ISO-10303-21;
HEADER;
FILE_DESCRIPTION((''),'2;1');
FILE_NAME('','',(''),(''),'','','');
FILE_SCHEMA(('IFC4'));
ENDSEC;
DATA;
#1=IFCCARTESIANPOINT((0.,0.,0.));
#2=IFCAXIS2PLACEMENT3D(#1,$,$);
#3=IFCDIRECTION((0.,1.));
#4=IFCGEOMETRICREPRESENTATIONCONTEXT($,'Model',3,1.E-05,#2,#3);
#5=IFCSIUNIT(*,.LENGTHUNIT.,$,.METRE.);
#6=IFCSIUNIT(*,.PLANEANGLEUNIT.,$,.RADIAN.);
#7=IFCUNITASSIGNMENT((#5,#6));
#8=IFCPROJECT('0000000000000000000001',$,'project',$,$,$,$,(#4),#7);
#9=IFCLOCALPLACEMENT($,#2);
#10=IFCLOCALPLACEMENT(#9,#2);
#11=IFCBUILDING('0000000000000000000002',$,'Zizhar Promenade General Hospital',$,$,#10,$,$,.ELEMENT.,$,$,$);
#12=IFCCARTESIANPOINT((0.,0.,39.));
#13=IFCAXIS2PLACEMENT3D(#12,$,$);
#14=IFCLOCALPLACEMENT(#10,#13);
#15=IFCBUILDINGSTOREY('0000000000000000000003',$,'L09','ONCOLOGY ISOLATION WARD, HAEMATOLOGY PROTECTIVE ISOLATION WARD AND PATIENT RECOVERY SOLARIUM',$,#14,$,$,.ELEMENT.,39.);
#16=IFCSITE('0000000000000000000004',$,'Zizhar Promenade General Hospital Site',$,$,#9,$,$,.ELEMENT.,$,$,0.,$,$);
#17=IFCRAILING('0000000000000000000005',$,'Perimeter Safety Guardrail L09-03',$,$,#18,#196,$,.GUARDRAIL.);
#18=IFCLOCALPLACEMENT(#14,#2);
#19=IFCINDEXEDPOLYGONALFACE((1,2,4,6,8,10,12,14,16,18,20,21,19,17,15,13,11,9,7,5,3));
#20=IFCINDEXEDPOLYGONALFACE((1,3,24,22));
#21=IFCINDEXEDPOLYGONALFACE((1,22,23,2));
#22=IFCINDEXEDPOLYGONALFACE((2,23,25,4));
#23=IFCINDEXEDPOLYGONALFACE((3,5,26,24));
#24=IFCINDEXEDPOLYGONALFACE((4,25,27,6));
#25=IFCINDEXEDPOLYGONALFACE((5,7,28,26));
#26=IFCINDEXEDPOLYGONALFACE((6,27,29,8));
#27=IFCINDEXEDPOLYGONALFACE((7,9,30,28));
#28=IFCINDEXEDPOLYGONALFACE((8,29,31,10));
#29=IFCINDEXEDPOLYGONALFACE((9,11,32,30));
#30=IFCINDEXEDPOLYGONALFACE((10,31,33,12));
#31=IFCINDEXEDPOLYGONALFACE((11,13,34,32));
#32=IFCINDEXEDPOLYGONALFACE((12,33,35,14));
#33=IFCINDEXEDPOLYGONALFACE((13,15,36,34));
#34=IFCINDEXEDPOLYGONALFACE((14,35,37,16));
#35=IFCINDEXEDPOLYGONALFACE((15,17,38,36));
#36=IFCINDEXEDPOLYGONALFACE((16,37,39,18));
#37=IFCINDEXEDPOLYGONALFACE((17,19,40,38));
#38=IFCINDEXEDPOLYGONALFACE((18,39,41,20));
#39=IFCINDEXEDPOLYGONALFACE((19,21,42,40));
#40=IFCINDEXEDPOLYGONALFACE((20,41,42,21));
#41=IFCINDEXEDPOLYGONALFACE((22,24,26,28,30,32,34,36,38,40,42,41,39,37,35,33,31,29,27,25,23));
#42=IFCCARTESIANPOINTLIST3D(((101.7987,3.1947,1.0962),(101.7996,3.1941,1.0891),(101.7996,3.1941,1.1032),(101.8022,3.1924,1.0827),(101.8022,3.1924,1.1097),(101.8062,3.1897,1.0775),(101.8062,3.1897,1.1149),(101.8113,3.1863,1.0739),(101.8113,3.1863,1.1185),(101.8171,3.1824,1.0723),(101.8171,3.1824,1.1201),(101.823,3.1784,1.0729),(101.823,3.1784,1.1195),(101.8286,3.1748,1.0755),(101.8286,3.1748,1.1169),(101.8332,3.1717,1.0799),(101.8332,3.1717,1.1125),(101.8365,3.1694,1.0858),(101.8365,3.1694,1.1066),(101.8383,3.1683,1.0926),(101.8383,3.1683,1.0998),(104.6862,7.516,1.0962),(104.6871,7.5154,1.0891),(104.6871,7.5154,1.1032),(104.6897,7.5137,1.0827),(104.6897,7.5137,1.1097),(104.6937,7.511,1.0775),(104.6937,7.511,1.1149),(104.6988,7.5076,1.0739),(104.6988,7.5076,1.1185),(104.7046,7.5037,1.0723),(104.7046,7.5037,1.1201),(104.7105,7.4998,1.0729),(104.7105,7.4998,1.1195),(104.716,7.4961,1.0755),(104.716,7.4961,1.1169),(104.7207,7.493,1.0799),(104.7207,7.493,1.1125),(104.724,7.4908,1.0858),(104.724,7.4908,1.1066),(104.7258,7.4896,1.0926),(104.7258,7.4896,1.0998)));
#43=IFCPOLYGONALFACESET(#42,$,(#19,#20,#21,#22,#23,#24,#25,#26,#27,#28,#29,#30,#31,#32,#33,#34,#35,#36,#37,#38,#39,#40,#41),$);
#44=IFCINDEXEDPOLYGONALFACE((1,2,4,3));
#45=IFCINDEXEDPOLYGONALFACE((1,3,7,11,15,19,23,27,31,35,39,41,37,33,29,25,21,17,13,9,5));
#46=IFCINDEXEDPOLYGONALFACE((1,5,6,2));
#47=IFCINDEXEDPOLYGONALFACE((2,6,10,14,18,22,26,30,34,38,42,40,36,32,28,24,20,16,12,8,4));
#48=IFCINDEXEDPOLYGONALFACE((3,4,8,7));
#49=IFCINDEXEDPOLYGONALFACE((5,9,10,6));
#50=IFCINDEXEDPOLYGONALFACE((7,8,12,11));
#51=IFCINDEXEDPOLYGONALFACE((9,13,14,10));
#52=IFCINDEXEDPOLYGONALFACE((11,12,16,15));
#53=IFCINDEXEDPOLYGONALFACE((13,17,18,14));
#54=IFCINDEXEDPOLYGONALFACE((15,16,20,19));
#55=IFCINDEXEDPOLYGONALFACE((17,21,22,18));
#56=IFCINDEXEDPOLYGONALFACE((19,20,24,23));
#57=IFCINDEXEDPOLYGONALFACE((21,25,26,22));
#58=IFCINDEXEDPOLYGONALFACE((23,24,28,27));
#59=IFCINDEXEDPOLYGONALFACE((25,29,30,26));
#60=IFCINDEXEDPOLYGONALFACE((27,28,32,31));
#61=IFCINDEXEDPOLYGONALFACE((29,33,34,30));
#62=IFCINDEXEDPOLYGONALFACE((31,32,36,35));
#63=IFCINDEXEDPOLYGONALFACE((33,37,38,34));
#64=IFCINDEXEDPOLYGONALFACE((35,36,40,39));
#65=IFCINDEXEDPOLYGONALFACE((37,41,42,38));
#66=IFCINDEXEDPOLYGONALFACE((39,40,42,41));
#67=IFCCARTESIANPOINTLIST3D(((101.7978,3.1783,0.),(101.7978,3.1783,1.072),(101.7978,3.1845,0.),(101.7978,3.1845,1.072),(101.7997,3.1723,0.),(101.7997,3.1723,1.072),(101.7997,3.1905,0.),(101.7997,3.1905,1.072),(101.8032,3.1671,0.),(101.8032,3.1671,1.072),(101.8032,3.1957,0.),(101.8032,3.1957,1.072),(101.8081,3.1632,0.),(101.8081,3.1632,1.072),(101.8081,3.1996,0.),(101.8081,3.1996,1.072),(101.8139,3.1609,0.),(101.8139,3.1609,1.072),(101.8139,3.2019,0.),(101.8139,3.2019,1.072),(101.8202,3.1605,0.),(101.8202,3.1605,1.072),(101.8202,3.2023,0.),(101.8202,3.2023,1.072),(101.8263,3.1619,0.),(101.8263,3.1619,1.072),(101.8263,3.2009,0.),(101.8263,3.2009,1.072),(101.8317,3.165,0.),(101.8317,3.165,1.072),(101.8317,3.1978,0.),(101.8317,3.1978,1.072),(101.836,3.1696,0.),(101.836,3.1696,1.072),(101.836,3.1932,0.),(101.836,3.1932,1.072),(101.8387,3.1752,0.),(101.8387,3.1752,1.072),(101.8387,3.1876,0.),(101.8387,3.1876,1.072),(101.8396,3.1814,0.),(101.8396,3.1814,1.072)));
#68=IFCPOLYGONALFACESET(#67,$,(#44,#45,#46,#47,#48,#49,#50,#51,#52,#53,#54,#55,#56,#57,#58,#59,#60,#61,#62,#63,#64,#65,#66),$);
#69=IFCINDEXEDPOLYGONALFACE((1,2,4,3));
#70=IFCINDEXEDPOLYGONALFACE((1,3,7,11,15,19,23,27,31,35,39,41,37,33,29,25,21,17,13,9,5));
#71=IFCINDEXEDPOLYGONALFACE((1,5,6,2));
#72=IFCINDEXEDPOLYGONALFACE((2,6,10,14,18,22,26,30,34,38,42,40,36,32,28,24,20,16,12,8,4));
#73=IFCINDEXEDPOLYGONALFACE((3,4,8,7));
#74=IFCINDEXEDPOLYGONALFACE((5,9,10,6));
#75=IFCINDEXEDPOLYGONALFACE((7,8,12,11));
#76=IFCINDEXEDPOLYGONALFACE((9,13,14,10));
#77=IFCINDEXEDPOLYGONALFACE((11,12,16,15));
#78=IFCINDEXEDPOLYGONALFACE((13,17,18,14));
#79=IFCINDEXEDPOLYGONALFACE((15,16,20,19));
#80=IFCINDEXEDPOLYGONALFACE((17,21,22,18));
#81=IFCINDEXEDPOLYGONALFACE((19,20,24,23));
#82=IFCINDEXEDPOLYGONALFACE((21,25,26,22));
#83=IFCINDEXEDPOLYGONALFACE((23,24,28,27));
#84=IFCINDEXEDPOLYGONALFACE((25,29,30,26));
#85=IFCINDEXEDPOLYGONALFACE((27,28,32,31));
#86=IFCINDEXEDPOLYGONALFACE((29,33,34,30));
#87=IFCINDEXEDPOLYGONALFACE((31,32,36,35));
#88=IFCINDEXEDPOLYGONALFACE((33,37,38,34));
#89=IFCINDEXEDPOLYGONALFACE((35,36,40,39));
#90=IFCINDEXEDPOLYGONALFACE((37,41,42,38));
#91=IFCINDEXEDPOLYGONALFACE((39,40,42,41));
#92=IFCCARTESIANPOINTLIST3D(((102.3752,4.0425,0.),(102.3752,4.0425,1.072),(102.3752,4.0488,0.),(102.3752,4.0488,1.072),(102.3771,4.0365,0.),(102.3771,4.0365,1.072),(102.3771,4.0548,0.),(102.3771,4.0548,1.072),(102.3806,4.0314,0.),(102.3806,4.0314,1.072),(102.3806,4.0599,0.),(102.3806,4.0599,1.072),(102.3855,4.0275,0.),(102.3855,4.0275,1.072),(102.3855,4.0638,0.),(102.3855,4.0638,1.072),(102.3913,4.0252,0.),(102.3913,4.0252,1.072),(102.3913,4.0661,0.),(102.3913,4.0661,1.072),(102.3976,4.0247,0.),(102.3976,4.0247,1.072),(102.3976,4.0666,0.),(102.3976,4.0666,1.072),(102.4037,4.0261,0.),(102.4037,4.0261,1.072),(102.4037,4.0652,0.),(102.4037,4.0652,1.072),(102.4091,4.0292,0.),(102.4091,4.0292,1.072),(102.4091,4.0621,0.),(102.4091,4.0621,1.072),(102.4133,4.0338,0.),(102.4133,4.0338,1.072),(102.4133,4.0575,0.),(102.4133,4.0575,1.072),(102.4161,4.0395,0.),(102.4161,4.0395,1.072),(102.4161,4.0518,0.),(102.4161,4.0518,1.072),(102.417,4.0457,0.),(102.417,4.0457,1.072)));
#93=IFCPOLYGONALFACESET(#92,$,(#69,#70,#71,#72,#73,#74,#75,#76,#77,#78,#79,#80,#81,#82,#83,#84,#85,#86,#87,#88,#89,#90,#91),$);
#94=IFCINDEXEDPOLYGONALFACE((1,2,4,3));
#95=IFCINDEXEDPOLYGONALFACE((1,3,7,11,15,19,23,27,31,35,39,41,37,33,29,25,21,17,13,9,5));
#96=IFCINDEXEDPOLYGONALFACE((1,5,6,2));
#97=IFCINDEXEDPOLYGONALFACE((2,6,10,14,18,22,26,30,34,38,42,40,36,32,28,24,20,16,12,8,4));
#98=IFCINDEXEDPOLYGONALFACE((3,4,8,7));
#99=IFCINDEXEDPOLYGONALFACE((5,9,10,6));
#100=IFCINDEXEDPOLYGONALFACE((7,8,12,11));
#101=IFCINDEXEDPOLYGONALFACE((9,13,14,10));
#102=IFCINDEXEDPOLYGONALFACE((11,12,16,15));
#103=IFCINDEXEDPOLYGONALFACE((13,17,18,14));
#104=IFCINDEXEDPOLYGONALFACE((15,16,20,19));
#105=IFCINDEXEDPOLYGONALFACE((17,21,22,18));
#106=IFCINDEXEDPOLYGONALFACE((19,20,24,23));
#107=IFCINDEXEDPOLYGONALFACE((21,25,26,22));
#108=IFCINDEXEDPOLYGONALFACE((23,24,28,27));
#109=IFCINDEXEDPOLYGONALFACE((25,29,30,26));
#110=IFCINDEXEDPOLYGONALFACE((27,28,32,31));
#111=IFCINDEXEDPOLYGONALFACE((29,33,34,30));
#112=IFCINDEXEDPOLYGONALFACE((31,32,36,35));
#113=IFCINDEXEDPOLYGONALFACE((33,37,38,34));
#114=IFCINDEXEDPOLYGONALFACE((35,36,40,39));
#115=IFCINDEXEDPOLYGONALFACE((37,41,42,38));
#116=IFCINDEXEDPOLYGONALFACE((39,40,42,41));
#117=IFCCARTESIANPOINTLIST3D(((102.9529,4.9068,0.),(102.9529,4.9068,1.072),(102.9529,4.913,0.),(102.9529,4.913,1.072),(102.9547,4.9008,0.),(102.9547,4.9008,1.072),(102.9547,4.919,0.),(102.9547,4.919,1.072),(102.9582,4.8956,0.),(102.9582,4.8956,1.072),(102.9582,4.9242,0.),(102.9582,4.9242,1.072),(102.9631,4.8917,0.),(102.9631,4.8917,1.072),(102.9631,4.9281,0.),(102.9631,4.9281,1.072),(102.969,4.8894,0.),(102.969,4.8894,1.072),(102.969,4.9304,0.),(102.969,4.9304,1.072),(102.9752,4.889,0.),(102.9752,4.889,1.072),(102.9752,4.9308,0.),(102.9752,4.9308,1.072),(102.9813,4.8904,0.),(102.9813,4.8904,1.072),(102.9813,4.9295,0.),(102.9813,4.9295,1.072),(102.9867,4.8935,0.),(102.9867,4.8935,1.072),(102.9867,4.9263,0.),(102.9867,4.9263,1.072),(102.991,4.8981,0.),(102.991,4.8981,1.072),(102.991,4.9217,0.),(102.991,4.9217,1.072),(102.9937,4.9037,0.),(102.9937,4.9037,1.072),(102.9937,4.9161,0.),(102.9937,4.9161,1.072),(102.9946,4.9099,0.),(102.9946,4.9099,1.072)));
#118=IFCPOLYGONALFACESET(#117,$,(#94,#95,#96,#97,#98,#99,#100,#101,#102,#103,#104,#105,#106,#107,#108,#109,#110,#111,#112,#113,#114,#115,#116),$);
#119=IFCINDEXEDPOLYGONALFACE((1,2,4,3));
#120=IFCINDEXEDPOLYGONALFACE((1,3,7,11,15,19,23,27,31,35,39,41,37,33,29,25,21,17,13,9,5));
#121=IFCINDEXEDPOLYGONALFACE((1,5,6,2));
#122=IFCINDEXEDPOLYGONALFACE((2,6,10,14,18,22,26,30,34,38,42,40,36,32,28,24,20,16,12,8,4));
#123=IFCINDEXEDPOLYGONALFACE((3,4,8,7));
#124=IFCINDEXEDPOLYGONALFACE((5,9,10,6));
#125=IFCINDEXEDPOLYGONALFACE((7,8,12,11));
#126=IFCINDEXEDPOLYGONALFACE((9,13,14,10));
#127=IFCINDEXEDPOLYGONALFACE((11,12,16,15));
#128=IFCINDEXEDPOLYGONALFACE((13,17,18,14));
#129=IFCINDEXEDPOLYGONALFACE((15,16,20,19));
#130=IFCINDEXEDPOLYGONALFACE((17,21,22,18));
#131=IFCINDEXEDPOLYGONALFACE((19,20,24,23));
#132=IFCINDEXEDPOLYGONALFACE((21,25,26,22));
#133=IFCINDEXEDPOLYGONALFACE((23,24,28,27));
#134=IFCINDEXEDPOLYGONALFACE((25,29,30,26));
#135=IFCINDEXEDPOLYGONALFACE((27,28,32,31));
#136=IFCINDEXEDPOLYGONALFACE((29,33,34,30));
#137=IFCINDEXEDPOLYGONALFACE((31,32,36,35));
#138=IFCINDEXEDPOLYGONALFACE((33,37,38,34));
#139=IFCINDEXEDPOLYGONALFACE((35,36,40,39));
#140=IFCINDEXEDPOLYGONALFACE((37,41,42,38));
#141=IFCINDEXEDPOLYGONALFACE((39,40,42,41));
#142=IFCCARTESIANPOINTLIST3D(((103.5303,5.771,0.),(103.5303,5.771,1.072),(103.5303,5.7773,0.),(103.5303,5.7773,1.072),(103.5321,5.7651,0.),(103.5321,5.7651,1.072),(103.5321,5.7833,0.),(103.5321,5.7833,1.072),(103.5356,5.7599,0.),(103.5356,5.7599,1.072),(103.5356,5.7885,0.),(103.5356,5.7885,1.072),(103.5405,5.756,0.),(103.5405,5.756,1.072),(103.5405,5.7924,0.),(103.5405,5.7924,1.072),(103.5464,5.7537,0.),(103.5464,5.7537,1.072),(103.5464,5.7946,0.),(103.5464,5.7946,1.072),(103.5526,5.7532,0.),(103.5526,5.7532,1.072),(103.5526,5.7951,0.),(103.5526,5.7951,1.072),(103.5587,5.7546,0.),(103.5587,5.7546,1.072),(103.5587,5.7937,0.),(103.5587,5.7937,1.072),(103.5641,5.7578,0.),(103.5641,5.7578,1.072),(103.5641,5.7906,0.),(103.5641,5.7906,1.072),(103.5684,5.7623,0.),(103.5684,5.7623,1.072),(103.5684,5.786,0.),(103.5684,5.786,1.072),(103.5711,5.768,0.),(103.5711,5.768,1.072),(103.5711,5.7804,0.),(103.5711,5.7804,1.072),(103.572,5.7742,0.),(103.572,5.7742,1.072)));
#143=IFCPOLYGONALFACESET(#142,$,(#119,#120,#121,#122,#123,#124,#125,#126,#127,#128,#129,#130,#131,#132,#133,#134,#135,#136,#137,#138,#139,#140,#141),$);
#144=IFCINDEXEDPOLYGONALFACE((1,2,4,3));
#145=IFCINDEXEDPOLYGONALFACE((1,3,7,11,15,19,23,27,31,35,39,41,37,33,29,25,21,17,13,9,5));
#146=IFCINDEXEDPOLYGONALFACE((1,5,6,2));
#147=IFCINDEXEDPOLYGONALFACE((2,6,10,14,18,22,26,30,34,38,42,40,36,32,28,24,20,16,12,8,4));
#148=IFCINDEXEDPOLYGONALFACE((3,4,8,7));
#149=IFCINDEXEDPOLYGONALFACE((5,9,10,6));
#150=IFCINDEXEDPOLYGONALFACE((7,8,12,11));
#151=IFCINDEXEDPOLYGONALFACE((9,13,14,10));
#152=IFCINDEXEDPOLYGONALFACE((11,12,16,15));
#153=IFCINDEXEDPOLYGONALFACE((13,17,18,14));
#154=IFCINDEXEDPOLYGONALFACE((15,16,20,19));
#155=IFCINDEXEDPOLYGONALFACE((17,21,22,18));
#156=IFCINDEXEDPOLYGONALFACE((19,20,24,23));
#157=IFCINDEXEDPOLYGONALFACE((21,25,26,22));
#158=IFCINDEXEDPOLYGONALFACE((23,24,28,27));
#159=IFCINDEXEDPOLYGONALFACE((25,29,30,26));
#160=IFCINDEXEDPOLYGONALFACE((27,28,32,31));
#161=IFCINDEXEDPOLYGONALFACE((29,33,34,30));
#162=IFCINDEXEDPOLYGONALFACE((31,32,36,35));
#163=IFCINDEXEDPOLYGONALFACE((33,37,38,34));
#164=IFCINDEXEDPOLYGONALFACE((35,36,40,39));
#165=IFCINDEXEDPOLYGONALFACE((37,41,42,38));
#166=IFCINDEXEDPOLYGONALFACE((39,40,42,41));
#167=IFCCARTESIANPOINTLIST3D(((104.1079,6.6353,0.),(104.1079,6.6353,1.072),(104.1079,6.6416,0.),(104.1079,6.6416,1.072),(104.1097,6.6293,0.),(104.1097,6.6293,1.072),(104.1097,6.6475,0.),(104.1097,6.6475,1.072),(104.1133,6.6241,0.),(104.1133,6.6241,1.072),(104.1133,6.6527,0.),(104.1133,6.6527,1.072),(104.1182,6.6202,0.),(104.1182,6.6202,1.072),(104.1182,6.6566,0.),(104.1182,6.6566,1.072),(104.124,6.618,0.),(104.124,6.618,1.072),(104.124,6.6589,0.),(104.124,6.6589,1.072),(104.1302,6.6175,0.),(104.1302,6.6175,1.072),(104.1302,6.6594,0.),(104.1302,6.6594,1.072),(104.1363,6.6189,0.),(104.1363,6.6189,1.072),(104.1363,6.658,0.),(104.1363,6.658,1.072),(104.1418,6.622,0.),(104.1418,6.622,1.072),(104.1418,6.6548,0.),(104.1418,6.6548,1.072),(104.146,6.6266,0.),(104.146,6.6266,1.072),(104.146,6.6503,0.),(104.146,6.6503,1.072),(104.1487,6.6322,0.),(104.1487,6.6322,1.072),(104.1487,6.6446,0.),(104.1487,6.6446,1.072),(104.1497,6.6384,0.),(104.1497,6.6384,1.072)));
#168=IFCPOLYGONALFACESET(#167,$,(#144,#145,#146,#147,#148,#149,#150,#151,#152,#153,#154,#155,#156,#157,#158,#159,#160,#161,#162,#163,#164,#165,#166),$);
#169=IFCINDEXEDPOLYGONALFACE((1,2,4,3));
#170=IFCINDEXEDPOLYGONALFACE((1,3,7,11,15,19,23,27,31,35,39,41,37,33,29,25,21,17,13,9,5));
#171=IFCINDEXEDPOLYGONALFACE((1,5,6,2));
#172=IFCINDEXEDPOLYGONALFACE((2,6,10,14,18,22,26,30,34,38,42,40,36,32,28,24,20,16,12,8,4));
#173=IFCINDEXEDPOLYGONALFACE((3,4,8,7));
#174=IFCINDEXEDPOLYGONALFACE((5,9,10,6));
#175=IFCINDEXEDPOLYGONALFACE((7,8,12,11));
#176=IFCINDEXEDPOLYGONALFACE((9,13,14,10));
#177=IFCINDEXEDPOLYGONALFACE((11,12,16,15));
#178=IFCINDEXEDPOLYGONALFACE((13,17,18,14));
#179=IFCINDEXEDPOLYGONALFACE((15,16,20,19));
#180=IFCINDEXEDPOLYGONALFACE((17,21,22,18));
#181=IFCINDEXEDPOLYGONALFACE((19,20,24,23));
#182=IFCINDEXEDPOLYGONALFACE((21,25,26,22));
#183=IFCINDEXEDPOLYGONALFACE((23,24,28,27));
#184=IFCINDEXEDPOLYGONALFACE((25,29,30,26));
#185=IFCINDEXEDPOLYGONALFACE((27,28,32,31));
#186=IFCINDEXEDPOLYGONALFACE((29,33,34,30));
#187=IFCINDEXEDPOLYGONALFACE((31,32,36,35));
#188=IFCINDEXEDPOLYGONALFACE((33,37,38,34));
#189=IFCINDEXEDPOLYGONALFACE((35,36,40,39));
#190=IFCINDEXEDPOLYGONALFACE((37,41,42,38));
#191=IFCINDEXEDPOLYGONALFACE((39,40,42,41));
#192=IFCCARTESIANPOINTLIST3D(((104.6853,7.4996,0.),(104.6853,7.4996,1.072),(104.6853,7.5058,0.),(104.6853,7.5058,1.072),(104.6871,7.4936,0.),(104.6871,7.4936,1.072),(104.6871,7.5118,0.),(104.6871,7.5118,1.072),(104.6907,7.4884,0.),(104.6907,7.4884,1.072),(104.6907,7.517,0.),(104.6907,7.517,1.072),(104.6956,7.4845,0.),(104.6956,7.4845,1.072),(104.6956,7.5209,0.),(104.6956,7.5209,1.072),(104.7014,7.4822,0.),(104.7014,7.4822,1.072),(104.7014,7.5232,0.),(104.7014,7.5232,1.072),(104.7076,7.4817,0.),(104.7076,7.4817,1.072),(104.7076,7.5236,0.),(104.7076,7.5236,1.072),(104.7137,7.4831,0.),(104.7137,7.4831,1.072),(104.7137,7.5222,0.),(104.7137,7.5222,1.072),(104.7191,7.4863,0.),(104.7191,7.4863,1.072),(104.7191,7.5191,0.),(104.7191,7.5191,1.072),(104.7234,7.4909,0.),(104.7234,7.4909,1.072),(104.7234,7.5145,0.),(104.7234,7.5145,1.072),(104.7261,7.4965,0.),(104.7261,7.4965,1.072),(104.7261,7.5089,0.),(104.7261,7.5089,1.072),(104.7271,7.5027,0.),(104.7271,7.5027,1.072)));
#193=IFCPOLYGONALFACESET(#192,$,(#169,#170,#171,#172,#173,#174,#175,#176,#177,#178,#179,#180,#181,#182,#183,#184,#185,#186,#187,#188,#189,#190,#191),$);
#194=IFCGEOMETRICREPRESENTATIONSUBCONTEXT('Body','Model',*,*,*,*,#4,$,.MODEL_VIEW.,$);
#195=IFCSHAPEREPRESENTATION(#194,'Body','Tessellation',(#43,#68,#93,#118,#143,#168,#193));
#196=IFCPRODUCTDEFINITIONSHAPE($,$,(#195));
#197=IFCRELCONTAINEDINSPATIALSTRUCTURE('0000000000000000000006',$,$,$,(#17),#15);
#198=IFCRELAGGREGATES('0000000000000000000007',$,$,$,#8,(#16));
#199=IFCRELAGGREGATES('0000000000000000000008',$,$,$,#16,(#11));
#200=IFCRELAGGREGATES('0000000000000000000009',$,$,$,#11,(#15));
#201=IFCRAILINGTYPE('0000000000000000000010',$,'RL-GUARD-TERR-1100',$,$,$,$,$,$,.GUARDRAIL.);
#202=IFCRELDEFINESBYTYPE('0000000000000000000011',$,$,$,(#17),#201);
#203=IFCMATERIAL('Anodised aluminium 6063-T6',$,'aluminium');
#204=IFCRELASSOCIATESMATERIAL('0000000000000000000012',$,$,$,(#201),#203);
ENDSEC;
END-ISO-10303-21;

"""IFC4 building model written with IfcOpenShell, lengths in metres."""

from ifc_helpers import new_model, si_unit, direction, frame, origin, origin_2d, place, context, subcontext, project, spatial, circle, hollow_circle, extrude, material, material_profile, profile_set, type_object, element, save


model = new_model("IFC4")

# Units and contexts
model_context = context("Model", 3, precision=1e-05, world=origin(), true_north=direction((0.0, 1.0)))
body_context = subcontext(model_context, "Body", "Model", "MODEL_VIEW")
ifc_project = project(units=[si_unit("LENGTHUNIT", "METRE"), si_unit("PLANEANGLEUNIT", "RADIAN")], contexts=[model_context])

# Site, building, storey
site_placement = place(None, origin())
site = spatial("IfcSite", under=ifc_project, at=site_placement, Name="Zizhar Promenade General Hospital Site", CompositionType="ELEMENT", RefElevation=0.0)
building_placement = place(site_placement, origin())
building = spatial("IfcBuilding", under=site, at=building_placement, Name="Zizhar Promenade General Hospital", CompositionType="ELEMENT")
storey_placement = place(building_placement, frame((0.0, 0.0, 39.0)))
storey = spatial("IfcBuildingStorey", under=building, at=storey_placement, Name="L09", Description="ONCOLOGY ISOLATION WARD, HAEMATOLOGY PROTECTIVE ISOLATION WARD AND PATIENT RECOVERY SOLARIUM", CompositionType="ELEMENT", Elevation=39.0)

# Railing
ifc_material_1 = material(Name="Anodised aluminium 6063-T6", Category="aluminium")
ifc_material_profile_1 = material_profile(ifc_material_1, hollow_circle(Radius=0.0698, WallThickness=0.0063, at=origin_2d()))
ifc_profile_set_1 = profile_set([ifc_material_profile_1], Name="Anodised aluminium 6063-T6")
railing_type = type_object("IfcRailingType", Name="RL-GUARD-TERR-1100", PredefinedType="GUARDRAIL", material=ifc_profile_set_1)
railing_1_placement = place(storey_placement, frame((101.8186, 3.1814, 0.0)))
element("IfcRailing", 1, at=railing_1_placement, inside=storey, type_object=railing_type, Name="Perimeter Safety Guardrail L09-03", PredefinedType="GUARDRAIL", context=body_context, shape_type="SweptSolid", body=[
    extrude(circle(Radius=0.0239, at=origin_2d()), frame((0.0, 0.0, 1.0962), z_axis=(0.555578, 0.831464, 0.0), x_axis=(-0.831464, 0.555578, 0.0)), (0.0, 0.0, 1.0), 5.1973),
    extrude(circle(Radius=0.021, at=origin_2d()), origin(), (0.0, 0.0, 1.0), 1.072),
    extrude(circle(Radius=0.021, at=origin_2d()), frame((0.5774, 0.8643, 0.0)), (0.0, 0.0, 1.0), 1.072),
    extrude(circle(Radius=0.021, at=origin_2d()), frame((1.155, 1.7285, 0.0)), (0.0, 0.0, 1.0), 1.072),
    extrude(circle(Radius=0.021, at=origin_2d()), frame((1.7324, 2.5928, 0.0)), (0.0, 0.0, 1.0), 1.072),
    extrude(circle(Radius=0.021, at=origin_2d()), frame((2.3101, 3.457, 0.0)), (0.0, 0.0, 1.0), 1.072),
    extrude(circle(Radius=0.021, at=origin_2d()), frame((2.8875, 4.3213, 0.0)), (0.0, 0.0, 1.0), 1.072),
])

save(model, "model.ifc")
